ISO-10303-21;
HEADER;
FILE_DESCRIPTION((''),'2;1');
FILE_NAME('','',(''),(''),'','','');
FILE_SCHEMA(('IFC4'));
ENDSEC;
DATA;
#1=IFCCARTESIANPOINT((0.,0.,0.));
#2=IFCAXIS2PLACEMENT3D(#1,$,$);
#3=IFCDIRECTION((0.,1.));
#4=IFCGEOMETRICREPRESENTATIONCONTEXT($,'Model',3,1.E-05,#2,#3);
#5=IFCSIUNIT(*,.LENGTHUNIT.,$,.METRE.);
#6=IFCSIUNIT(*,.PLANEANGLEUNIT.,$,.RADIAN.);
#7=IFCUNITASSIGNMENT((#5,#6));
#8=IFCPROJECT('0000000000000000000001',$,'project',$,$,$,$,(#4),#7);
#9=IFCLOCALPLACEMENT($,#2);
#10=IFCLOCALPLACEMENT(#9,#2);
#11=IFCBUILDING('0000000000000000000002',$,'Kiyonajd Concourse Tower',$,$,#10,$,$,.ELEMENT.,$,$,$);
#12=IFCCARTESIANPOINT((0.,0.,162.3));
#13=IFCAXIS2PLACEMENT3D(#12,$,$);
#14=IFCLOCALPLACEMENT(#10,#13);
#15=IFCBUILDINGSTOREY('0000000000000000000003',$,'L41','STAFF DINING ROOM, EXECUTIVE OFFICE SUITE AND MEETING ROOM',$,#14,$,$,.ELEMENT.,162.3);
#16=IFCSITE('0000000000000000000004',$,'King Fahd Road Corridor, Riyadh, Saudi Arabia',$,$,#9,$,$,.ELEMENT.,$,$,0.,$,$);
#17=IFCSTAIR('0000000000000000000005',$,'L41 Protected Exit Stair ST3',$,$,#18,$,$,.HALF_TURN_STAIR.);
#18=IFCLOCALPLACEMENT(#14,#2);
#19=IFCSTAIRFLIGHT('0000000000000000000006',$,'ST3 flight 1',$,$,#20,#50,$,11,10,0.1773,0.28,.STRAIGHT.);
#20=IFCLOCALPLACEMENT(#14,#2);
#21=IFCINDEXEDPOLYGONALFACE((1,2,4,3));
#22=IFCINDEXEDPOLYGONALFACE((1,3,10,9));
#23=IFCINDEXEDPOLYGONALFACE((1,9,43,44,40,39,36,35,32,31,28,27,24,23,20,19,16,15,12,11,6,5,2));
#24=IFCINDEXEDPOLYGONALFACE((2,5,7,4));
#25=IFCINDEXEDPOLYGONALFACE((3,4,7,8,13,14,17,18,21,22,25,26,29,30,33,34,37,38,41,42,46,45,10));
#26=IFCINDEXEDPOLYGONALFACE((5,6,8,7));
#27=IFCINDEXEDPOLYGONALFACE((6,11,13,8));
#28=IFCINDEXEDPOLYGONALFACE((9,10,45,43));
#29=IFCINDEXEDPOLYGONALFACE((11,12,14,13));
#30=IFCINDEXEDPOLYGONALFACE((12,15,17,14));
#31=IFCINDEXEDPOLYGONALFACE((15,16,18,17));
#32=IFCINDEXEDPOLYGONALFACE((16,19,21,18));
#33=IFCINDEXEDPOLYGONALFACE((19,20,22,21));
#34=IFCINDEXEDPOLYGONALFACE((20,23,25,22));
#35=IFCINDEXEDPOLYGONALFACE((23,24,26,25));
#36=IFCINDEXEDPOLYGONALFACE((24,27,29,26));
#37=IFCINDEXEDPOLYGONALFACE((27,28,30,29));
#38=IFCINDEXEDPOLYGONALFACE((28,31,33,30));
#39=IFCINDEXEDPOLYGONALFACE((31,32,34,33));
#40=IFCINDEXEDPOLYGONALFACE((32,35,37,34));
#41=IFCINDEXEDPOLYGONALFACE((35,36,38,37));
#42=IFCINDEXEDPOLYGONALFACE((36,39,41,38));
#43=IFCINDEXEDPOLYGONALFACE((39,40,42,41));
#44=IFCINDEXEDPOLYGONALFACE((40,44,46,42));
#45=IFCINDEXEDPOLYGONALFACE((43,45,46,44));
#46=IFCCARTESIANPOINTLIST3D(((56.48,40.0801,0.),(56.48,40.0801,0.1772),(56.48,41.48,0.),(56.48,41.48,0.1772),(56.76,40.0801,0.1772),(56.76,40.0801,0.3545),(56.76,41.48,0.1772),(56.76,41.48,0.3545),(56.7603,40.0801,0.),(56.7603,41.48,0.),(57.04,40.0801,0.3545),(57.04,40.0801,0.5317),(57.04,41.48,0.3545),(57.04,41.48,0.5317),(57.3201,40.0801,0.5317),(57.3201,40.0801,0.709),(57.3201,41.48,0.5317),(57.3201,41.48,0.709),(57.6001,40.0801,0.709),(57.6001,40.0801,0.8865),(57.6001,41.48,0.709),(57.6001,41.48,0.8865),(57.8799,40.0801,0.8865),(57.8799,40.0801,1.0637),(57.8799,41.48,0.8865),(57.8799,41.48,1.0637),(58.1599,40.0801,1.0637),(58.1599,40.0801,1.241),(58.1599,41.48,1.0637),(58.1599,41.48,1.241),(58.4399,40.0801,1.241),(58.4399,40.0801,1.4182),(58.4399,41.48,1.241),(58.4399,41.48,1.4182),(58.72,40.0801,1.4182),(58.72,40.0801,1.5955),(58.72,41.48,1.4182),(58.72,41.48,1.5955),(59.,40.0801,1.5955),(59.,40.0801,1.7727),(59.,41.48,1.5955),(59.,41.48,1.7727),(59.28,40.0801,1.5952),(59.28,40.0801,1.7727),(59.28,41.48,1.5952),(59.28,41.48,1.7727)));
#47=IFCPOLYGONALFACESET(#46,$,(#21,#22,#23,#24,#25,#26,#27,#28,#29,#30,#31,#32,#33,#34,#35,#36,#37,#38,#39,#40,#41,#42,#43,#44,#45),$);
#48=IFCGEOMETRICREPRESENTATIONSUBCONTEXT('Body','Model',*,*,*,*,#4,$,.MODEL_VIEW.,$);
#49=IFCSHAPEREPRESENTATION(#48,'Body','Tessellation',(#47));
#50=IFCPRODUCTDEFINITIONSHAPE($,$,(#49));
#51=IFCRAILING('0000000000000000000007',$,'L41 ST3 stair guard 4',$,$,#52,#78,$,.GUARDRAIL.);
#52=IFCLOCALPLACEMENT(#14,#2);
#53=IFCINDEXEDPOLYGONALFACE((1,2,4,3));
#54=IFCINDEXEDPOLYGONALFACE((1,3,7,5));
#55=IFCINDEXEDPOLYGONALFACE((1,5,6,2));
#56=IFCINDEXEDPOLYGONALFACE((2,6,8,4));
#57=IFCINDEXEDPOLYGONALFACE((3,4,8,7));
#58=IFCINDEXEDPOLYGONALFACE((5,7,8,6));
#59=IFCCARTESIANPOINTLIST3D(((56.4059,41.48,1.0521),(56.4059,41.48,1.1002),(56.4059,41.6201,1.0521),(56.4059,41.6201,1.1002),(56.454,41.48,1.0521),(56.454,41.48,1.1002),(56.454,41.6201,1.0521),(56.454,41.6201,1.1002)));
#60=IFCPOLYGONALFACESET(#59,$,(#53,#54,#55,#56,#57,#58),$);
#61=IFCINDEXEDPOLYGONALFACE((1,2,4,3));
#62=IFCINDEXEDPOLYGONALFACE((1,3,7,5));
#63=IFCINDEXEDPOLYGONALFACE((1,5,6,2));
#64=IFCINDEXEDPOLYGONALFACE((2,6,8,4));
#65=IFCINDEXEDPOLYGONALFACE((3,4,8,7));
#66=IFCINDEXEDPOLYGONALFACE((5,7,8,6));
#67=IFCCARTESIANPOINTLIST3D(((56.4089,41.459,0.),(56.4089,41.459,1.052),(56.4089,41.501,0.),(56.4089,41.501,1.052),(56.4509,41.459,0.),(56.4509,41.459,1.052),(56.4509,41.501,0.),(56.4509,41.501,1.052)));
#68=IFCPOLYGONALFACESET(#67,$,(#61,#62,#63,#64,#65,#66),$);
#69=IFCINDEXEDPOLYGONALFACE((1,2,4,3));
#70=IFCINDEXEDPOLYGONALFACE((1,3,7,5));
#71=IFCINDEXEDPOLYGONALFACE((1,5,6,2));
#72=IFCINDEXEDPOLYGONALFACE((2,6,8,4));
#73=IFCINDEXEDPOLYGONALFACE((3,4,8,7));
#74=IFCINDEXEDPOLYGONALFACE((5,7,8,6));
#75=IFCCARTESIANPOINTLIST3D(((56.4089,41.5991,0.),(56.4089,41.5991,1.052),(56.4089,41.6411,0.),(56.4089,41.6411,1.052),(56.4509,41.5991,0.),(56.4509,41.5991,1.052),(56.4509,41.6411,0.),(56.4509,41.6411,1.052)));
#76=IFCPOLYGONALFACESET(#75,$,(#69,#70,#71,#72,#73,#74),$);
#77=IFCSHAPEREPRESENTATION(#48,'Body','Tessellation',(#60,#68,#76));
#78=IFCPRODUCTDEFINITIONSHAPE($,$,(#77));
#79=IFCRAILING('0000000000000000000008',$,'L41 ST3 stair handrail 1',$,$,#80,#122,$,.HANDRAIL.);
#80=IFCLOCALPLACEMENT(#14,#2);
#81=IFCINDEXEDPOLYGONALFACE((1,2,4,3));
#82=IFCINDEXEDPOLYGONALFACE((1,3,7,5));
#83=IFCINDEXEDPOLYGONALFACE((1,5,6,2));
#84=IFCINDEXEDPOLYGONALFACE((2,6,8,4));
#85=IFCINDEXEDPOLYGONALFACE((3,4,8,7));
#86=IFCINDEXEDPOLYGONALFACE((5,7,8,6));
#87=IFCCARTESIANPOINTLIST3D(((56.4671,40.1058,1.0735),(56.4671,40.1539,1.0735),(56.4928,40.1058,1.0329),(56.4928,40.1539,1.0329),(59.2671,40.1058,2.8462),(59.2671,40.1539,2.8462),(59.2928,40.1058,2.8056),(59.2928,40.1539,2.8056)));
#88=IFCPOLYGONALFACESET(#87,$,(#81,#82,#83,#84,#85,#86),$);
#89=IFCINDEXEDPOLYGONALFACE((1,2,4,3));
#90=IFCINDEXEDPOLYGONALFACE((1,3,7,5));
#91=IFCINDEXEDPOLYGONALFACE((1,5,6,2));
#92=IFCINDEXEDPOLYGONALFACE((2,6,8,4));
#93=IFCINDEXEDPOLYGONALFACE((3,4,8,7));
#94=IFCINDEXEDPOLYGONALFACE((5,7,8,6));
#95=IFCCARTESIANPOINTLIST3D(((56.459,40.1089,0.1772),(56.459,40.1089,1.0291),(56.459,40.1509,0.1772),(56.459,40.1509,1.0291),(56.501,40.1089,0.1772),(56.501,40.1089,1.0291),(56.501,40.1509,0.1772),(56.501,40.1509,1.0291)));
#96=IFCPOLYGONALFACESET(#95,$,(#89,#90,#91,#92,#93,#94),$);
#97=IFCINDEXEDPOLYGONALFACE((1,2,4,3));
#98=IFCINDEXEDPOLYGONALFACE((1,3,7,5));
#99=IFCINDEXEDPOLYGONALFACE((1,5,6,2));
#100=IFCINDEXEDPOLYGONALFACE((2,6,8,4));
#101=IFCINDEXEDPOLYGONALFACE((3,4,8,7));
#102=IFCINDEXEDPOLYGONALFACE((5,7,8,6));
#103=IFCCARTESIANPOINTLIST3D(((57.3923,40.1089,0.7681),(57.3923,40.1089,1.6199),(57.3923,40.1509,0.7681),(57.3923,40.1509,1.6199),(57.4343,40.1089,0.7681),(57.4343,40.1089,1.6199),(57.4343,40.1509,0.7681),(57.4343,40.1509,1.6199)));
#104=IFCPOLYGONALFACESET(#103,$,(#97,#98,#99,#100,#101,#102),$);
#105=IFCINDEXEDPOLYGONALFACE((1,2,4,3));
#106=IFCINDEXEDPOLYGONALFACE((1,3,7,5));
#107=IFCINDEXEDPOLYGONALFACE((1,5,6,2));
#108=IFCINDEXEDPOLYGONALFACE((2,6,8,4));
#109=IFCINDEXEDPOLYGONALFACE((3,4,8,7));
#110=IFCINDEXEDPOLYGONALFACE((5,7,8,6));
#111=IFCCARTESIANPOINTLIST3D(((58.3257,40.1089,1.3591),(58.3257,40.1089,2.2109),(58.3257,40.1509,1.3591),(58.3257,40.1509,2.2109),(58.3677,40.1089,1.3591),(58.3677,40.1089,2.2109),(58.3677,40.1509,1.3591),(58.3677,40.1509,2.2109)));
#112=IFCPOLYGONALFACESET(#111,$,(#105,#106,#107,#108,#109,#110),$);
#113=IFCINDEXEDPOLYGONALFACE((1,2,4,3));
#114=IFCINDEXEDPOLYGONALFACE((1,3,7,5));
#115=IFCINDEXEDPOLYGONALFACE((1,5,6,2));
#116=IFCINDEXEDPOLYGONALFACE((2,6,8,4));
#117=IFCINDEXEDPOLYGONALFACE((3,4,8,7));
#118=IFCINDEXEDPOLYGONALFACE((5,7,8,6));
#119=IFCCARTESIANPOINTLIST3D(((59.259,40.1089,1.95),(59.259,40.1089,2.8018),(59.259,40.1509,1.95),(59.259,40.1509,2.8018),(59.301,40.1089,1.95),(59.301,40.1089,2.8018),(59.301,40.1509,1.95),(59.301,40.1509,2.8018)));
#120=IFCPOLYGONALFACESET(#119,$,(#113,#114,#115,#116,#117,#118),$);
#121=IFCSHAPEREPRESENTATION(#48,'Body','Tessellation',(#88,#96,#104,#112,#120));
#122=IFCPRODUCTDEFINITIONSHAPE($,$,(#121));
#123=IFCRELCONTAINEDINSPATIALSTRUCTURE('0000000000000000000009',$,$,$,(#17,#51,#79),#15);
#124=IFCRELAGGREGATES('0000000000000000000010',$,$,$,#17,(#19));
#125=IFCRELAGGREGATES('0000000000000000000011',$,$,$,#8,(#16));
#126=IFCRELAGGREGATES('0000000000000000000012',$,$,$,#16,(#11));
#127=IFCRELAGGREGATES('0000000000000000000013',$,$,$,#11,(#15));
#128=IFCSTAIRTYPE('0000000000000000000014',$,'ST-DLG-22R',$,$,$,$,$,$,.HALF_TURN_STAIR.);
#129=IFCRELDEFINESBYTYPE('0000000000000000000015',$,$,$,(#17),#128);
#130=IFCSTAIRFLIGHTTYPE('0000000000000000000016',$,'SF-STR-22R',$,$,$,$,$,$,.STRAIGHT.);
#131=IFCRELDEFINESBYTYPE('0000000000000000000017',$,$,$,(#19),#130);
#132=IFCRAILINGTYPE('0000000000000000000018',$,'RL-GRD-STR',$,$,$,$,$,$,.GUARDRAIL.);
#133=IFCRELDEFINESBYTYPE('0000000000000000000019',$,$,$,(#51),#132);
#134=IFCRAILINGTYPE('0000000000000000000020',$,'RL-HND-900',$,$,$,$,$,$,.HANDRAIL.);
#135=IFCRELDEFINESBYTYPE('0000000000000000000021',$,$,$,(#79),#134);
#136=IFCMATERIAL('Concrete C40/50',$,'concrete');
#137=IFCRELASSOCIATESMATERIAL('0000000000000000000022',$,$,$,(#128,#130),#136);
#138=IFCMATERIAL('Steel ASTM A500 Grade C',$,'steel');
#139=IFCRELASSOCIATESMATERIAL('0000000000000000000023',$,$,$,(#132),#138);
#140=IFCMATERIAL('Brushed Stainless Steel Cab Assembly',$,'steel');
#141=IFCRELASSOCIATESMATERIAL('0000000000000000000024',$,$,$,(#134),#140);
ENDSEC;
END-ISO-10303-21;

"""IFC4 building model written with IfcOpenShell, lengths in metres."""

from ifc_helpers import new_model, si_unit, direction, frame, origin, origin_2d, place, context, subcontext, project, spatial, polyline, rectangle, outline, extrude, material, type_object, element, aggregate, save


model = new_model("IFC4")

# Units and contexts
model_context = context("Model", 3, precision=1e-05, world=origin(), true_north=direction((0.0, 1.0)))
body_context = subcontext(model_context, "Body", "Model", "MODEL_VIEW")
ifc_project = project(units=[si_unit("LENGTHUNIT", "METRE"), si_unit("PLANEANGLEUNIT", "RADIAN")], contexts=[model_context])

# Site, building, storey
site_placement = place(None, origin())
site = spatial("IfcSite", under=ifc_project, at=site_placement, Name="King Fahd Road Corridor, Riyadh, Saudi Arabia", CompositionType="ELEMENT", RefElevation=0.0)
building_placement = place(site_placement, origin())
building = spatial("IfcBuilding", under=site, at=building_placement, Name="Kiyonajd Concourse Tower", CompositionType="ELEMENT")
storey_placement = place(building_placement, frame((0.0, 0.0, 162.3)))
storey = spatial("IfcBuildingStorey", under=building, at=storey_placement, Name="L41", Description="STAFF DINING ROOM, EXECUTIVE OFFICE SUITE AND MEETING ROOM", CompositionType="ELEMENT", Elevation=162.3)

# Shared definitions
ifc_material_1 = material(Name="Brushed Stainless Steel Cab Assembly", Category="steel")

# Stair, stair flight
ifc_material_2 = material(Name="Concrete C40/50", Category="concrete")
stair_type = type_object("IfcStairType", Name="ST-DLG-22R", PredefinedType="HALF_TURN_STAIR", material=ifc_material_2)
stair_placement = place(storey_placement, origin())
stair = element("IfcStair", 1, at=stair_placement, inside=storey, type_object=stair_type, Name="L41 Protected Exit Stair ST3", PredefinedType="HALF_TURN_STAIR")
stair_flight_type = type_object("IfcStairFlightType", Name="SF-STR-22R", PredefinedType="STRAIGHT", material=ifc_material_2)
stair_flight_placement = place(storey_placement, frame((56.48, 40.78, 0.0), z_axis=(0.0, 0.0, 1.0), x_axis=(1.0, 0.0, 0.0)))
stair_flight = element("IfcStairFlight", 2, at=stair_flight_placement, type_object=stair_flight_type, Name="ST3 flight 1", NumberOfRisers=11, NumberOfTreads=10, PredefinedType="STRAIGHT", RiserHeight=0.1773, TreadLength=0.28, context=body_context, shape_type="SweptSolid", body=[
    extrude(outline(polyline([(0.0, 0.0), (0.0, 0.1772), (0.28, 0.1772), (0.28, 0.3545), (0.5601, 0.3545), (0.5601, 0.5317), (0.8401, 0.5317), (0.8401, 0.709), (1.1201, 0.709), (1.1201, 0.8865), (1.3999, 0.8865), (1.3999, 1.0637), (1.6799, 1.0637), (1.6799, 1.241), (1.96, 1.241), (1.96, 1.4182), (2.24, 1.4182), (2.24, 1.5955), (2.52, 1.5955), (2.52, 1.7727), (2.8, 1.7727), (2.8, 1.95), (2.8, 1.5952), (0.2803, 0.0), (0.0, 0.0)])), frame((0.0, 0.7, 0.0), z_axis=(0.0, -1.0, 0.0), x_axis=(1.0, 0.0, 0.0)), (0.0, 0.0, 1.0), 1.3999),
])
aggregate(stair, [stair_flight])

# Railings
ifc_material_3 = material(Name="Steel ASTM A500 Grade C", Category="steel")
railing_type_1 = type_object("IfcRailingType", Name="RL-GRD-STR", PredefinedType="GUARDRAIL", material=ifc_material_3)
railing_1_placement = place(storey_placement, frame((56.4299, 41.48, 0.0)))
element("IfcRailing", 3, at=railing_1_placement, inside=storey, type_object=railing_type_1, Name="L41 ST3 stair guard 4", PredefinedType="GUARDRAIL", context=body_context, shape_type="SweptSolid", body=[
    extrude(rectangle(XDim=0.0481, YDim=0.0481, at=origin_2d()), frame((0.0, 0.0, 1.0762), z_axis=(0.0, 1.0, 0.0), x_axis=(-1.0, 0.0, 0.0)), (0.0, 0.0, 1.0), 0.1401),
    extrude(rectangle(XDim=0.042, YDim=0.042, at=origin_2d()), origin(), (0.0, 0.0, 1.0), 1.052),
    extrude(rectangle(XDim=0.042, YDim=0.042, at=origin_2d()), frame((0.0, 0.1401, 0.0)), (0.0, 0.0, 1.0), 1.052),
])
railing_type_2 = type_object("IfcRailingType", Name="RL-HND-900", PredefinedType="HANDRAIL", material=ifc_material_1)
railing_2_placement = place(storey_placement, frame((56.48, 40.1299, 0.1772)))
element("IfcRailing", 4, at=railing_2_placement, inside=storey, type_object=railing_type_2, Name="L41 ST3 stair handrail 1", PredefinedType="HANDRAIL", context=body_context, shape_type="SweptSolid", body=[
    extrude(rectangle(XDim=0.0481, YDim=0.0481, at=origin_2d()), frame((0.0, 0.0, 0.876), z_axis=(0.844909, 0.0, 0.53491), x_axis=(0.0, 1.0, 0.0)), (0.0, 0.0, 1.0), 3.314),
    extrude(rectangle(XDim=0.042, YDim=0.042, at=origin_2d()), origin(), (0.0, 0.0, 1.0), 0.8518),
    extrude(rectangle(XDim=0.042, YDim=0.042, at=origin_2d()), frame((0.9333, 0.0, 0.5908)), (0.0, 0.0, 1.0), 0.8518),
    extrude(rectangle(XDim=0.042, YDim=0.042, at=origin_2d()), frame((1.8667, 0.0, 1.1819)), (0.0, 0.0, 1.0), 0.8518),
    extrude(rectangle(XDim=0.042, YDim=0.042, at=origin_2d()), frame((2.8, 0.0, 1.7727)), (0.0, 0.0, 1.0), 0.8518),
])

save(model, "model.ifc")
